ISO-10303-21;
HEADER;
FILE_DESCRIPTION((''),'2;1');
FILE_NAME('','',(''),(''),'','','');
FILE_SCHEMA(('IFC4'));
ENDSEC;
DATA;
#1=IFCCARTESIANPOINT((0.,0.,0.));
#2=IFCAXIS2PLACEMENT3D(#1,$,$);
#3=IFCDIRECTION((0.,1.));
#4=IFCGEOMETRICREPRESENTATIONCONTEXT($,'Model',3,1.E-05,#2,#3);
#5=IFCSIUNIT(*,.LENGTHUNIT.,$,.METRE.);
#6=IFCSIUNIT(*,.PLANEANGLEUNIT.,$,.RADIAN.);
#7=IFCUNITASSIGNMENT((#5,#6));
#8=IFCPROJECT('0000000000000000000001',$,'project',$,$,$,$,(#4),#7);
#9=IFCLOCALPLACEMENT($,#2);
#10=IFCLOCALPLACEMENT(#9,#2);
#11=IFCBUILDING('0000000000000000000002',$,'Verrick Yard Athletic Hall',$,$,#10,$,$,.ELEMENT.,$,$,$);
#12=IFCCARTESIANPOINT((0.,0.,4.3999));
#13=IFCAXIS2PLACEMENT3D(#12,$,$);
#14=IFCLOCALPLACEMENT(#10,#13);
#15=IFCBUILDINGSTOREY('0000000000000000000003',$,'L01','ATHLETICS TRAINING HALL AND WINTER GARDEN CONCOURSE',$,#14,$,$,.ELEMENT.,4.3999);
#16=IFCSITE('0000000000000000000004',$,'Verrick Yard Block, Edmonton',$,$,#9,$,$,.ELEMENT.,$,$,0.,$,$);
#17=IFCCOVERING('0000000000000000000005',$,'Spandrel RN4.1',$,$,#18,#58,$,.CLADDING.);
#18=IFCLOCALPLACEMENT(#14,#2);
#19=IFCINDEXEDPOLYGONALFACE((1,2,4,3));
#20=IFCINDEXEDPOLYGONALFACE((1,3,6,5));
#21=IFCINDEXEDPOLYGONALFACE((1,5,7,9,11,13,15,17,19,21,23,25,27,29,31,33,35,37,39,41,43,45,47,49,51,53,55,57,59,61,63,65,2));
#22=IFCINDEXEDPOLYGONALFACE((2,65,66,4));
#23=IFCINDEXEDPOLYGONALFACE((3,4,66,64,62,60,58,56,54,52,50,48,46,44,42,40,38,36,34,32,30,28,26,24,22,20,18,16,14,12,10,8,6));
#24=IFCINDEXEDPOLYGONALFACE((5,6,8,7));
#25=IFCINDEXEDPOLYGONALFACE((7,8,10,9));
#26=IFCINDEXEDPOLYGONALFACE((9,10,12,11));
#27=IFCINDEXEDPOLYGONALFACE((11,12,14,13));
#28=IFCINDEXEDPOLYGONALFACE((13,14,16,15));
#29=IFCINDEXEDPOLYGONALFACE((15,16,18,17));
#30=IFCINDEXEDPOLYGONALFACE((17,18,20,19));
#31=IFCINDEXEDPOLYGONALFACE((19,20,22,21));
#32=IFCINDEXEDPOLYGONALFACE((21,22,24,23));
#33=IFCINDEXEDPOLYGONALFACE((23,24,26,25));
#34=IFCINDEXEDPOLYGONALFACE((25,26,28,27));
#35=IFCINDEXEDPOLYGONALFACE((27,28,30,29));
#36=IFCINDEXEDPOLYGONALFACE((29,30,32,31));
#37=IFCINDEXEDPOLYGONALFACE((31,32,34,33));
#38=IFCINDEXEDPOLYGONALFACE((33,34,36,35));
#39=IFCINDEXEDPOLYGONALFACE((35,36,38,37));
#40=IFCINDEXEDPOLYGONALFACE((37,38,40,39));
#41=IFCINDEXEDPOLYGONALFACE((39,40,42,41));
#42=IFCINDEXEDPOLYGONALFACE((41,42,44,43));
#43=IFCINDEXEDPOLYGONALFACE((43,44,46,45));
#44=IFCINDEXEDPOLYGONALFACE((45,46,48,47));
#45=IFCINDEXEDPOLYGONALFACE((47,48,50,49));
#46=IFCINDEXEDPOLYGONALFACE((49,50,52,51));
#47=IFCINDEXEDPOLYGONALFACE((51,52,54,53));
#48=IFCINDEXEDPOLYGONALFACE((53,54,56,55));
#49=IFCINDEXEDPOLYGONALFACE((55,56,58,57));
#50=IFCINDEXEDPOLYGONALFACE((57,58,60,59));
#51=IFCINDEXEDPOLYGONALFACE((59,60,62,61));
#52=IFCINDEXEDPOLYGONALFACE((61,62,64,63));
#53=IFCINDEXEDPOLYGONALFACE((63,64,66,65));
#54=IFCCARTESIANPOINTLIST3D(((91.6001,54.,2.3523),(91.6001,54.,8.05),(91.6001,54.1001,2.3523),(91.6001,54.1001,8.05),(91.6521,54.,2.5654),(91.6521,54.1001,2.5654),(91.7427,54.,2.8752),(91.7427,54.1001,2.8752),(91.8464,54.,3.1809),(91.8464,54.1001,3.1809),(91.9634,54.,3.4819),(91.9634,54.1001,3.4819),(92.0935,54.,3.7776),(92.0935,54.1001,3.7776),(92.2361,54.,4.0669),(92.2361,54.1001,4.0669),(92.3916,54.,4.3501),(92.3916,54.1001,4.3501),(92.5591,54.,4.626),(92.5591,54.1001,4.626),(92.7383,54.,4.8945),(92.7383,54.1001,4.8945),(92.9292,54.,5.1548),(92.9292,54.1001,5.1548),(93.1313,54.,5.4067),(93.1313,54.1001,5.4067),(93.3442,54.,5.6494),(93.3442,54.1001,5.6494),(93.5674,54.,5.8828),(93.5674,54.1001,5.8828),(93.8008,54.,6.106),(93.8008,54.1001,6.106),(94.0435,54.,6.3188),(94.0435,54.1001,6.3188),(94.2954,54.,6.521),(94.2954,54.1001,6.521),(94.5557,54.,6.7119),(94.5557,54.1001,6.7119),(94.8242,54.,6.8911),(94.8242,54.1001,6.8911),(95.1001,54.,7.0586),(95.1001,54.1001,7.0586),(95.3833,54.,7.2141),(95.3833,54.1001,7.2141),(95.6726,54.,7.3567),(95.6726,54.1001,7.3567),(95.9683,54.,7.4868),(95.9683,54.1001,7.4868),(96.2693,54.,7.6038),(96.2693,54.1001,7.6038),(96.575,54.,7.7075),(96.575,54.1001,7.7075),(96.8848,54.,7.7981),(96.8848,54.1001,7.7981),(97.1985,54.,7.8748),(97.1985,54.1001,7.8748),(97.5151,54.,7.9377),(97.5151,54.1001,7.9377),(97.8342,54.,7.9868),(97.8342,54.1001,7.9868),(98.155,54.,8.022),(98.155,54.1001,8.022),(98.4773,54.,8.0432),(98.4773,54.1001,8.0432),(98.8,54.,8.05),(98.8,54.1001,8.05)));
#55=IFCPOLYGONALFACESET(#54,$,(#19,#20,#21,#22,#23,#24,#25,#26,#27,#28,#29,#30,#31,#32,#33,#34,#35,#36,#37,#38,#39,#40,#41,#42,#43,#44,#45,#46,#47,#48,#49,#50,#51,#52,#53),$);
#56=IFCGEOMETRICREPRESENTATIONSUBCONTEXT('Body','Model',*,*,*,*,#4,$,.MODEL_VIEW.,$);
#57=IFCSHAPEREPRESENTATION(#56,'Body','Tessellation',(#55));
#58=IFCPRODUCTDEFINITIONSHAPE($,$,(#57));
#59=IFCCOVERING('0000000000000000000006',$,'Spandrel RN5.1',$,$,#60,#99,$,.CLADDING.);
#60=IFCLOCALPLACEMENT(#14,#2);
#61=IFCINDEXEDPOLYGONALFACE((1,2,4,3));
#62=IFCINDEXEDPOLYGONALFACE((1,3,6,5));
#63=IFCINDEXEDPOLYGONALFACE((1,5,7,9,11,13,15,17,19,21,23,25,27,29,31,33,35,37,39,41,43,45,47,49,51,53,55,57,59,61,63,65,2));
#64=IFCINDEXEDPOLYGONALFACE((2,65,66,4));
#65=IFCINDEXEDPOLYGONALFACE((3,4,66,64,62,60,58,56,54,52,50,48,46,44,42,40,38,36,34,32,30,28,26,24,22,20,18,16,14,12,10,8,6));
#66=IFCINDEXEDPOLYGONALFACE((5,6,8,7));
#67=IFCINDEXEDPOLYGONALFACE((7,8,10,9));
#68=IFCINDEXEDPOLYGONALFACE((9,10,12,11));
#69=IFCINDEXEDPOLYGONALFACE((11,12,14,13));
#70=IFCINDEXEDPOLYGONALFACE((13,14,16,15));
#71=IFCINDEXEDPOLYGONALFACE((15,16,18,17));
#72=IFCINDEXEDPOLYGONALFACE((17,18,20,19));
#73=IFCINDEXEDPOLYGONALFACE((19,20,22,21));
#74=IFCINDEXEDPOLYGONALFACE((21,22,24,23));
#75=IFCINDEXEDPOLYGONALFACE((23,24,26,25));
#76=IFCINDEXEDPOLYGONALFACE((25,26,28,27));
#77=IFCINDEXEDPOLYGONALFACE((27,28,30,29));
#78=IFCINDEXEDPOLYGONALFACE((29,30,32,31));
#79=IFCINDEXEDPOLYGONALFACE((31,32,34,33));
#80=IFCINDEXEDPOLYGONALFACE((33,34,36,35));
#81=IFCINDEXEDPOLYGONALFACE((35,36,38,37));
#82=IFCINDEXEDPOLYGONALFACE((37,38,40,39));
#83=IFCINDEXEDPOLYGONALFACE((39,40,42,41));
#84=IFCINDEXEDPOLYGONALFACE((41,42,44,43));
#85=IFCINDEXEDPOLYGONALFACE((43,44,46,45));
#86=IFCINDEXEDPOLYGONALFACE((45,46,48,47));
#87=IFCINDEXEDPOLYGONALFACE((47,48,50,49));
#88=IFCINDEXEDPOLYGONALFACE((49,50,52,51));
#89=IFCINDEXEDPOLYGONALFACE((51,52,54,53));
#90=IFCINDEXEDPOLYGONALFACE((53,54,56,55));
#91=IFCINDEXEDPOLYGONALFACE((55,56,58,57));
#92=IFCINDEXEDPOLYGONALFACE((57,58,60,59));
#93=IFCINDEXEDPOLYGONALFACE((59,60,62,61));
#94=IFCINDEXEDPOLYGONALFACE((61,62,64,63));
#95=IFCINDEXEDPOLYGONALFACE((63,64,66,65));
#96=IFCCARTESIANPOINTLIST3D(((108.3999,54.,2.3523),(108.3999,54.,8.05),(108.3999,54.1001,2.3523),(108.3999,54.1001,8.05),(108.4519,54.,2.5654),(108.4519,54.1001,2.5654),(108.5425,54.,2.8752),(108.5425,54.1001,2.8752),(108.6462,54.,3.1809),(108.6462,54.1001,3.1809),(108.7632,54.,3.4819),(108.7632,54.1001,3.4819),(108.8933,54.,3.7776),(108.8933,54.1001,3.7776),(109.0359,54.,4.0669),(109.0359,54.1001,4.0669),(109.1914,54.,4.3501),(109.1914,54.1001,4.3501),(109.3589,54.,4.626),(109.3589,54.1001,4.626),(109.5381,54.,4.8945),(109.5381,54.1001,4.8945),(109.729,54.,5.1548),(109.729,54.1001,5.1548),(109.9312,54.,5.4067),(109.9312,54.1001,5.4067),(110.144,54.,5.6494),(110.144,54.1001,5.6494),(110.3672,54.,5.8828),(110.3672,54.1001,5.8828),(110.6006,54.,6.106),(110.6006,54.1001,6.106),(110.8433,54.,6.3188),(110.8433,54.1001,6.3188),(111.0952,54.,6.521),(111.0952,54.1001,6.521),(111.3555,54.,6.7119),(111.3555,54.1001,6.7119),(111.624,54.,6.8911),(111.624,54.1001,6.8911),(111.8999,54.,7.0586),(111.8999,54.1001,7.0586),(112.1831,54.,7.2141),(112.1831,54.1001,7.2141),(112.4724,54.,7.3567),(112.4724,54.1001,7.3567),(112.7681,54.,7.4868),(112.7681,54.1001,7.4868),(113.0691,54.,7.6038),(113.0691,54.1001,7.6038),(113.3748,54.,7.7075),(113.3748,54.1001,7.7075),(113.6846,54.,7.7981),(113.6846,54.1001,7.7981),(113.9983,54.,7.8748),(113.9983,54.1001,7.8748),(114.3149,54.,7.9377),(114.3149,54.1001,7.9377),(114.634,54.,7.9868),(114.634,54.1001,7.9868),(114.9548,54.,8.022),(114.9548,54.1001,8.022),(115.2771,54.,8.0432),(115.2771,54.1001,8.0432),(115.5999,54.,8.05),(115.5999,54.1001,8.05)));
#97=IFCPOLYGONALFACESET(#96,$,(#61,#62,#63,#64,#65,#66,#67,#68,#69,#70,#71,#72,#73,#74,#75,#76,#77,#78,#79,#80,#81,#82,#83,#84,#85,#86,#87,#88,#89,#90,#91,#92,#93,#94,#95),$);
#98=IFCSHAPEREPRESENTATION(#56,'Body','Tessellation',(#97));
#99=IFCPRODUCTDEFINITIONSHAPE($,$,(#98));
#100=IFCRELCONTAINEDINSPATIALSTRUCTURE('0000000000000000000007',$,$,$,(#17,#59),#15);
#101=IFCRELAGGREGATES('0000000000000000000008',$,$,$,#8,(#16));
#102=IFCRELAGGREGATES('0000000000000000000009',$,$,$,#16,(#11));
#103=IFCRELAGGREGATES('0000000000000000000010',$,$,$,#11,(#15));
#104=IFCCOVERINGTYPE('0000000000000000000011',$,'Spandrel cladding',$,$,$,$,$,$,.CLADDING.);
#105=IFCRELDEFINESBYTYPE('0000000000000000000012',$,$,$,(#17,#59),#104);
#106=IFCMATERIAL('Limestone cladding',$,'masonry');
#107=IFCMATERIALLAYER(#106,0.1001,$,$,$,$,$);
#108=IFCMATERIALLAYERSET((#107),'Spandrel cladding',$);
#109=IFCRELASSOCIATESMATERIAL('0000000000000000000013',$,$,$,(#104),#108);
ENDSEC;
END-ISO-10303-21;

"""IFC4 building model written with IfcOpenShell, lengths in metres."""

from ifc_helpers import new_model, si_unit, direction, frame, origin, place, context, subcontext, project, spatial, polyline, outline, extrude, material, layer, layer_set, type_object, element, save


model = new_model("IFC4")

# Units and contexts
model_context = context("Model", 3, precision=1e-05, world=origin(), true_north=direction((0.0, 1.0)))
body_context = subcontext(model_context, "Body", "Model", "MODEL_VIEW")
ifc_project = project(units=[si_unit("LENGTHUNIT", "METRE"), si_unit("PLANEANGLEUNIT", "RADIAN")], contexts=[model_context])

# Site, building, storey
site_placement = place(None, origin())
site = spatial("IfcSite", under=ifc_project, at=site_placement, Name="Verrick Yard Block, Edmonton", CompositionType="ELEMENT", RefElevation=0.0)
building_placement = place(site_placement, origin())
building = spatial("IfcBuilding", under=site, at=building_placement, Name="Verrick Yard Athletic Hall", CompositionType="ELEMENT")
storey_placement = place(building_placement, frame((0.0, 0.0, 4.3999)))
storey = spatial("IfcBuildingStorey", under=building, at=storey_placement, Name="L01", Description="ATHLETICS TRAINING HALL AND WINTER GARDEN CONCOURSE", CompositionType="ELEMENT", Elevation=4.3999)

# Coverings
ifc_material_1 = material(Name="Limestone cladding", Category="masonry")
ifc_layer_1 = layer(ifc_material_1, 0.1001)
ifc_layer_set_1 = layer_set([ifc_layer_1], Name="Spandrel cladding")
covering_type_1 = type_object("IfcCoveringType", Name="Spandrel cladding", PredefinedType="CLADDING", material=ifc_layer_set_1)
covering_1_placement = place(storey_placement, frame((91.6001, 54.05, 2.3523), z_axis=(0.0, 0.0, 1.0), x_axis=(1.0, 0.0, 0.0)))
element("IfcCovering", 1, at=covering_1_placement, inside=storey, type_object=covering_type_1, Name="Spandrel RN4.1", PredefinedType="CLADDING", context=body_context, shape_type="SweptSolid", body=[
    extrude(outline(polyline([(0.0, 0.0), (0.052, 0.2131), (0.1426, 0.5229), (0.2463, 0.8286), (0.3633, 1.1296), (0.4934, 1.4253), (0.636, 1.7146), (0.7915, 1.9978), (0.959, 2.2737), (1.1382, 2.5422), (1.3291, 2.8025), (1.5312, 3.0544), (1.7441, 3.2971), (1.9673, 3.5305), (2.2007, 3.7537), (2.4434, 3.9666), (2.6953, 4.1687), (2.9556, 4.3596), (3.2241, 4.5388), (3.5, 4.7063), (3.7832, 4.8618), (4.0725, 5.0044), (4.3682, 5.1345), (4.6692, 5.2515), (4.9749, 5.3552), (5.2847, 5.4458), (5.5984, 5.5225), (5.915, 5.5854), (6.2341, 5.6345), (6.5549, 5.6697), (6.8772, 5.6909), (7.2, 5.6978), (0.0, 5.6978), (0.0, 0.0)])), frame((0.0, 0.05, 0.0), z_axis=(0.0, -1.0, 0.0), x_axis=(1.0, 0.0, 0.0)), (0.0, 0.0, 1.0), 0.1001),
])
covering_2_placement = place(storey_placement, frame((108.3999, 54.05, 2.3523), z_axis=(0.0, 0.0, 1.0), x_axis=(1.0, 0.0, 0.0)))
element("IfcCovering", 2, at=covering_2_placement, inside=storey, type_object=covering_type_1, Name="Spandrel RN5.1", PredefinedType="CLADDING", context=body_context, shape_type="SweptSolid", body=[
    extrude(outline(polyline([(0.0, 0.0), (0.052, 0.2131), (0.1426, 0.5229), (0.2463, 0.8286), (0.3633, 1.1296), (0.4934, 1.4253), (0.636, 1.7146), (0.7915, 1.9978), (0.959, 2.2737), (1.1382, 2.5422), (1.3291, 2.8025), (1.5312, 3.0544), (1.7441, 3.2971), (1.9673, 3.5305), (2.2007, 3.7537), (2.4434, 3.9666), (2.6953, 4.1687), (2.9556, 4.3596), (3.2241, 4.5388), (3.5, 4.7063), (3.7832, 4.8618), (4.0725, 5.0044), (4.3682, 5.1345), (4.6692, 5.2515), (4.9749, 5.3552), (5.2847, 5.4458), (5.5984, 5.5225), (5.915, 5.5854), (6.2341, 5.6345), (6.5549, 5.6697), (6.8772, 5.6909), (7.2, 5.6978), (0.0, 5.6978), (0.0, 0.0)])), frame((0.0, 0.05, 0.0), z_axis=(0.0, -1.0, 0.0), x_axis=(1.0, 0.0, 0.0)), (0.0, 0.0, 1.0), 0.1001),
])

save(model, "model.ifc")
